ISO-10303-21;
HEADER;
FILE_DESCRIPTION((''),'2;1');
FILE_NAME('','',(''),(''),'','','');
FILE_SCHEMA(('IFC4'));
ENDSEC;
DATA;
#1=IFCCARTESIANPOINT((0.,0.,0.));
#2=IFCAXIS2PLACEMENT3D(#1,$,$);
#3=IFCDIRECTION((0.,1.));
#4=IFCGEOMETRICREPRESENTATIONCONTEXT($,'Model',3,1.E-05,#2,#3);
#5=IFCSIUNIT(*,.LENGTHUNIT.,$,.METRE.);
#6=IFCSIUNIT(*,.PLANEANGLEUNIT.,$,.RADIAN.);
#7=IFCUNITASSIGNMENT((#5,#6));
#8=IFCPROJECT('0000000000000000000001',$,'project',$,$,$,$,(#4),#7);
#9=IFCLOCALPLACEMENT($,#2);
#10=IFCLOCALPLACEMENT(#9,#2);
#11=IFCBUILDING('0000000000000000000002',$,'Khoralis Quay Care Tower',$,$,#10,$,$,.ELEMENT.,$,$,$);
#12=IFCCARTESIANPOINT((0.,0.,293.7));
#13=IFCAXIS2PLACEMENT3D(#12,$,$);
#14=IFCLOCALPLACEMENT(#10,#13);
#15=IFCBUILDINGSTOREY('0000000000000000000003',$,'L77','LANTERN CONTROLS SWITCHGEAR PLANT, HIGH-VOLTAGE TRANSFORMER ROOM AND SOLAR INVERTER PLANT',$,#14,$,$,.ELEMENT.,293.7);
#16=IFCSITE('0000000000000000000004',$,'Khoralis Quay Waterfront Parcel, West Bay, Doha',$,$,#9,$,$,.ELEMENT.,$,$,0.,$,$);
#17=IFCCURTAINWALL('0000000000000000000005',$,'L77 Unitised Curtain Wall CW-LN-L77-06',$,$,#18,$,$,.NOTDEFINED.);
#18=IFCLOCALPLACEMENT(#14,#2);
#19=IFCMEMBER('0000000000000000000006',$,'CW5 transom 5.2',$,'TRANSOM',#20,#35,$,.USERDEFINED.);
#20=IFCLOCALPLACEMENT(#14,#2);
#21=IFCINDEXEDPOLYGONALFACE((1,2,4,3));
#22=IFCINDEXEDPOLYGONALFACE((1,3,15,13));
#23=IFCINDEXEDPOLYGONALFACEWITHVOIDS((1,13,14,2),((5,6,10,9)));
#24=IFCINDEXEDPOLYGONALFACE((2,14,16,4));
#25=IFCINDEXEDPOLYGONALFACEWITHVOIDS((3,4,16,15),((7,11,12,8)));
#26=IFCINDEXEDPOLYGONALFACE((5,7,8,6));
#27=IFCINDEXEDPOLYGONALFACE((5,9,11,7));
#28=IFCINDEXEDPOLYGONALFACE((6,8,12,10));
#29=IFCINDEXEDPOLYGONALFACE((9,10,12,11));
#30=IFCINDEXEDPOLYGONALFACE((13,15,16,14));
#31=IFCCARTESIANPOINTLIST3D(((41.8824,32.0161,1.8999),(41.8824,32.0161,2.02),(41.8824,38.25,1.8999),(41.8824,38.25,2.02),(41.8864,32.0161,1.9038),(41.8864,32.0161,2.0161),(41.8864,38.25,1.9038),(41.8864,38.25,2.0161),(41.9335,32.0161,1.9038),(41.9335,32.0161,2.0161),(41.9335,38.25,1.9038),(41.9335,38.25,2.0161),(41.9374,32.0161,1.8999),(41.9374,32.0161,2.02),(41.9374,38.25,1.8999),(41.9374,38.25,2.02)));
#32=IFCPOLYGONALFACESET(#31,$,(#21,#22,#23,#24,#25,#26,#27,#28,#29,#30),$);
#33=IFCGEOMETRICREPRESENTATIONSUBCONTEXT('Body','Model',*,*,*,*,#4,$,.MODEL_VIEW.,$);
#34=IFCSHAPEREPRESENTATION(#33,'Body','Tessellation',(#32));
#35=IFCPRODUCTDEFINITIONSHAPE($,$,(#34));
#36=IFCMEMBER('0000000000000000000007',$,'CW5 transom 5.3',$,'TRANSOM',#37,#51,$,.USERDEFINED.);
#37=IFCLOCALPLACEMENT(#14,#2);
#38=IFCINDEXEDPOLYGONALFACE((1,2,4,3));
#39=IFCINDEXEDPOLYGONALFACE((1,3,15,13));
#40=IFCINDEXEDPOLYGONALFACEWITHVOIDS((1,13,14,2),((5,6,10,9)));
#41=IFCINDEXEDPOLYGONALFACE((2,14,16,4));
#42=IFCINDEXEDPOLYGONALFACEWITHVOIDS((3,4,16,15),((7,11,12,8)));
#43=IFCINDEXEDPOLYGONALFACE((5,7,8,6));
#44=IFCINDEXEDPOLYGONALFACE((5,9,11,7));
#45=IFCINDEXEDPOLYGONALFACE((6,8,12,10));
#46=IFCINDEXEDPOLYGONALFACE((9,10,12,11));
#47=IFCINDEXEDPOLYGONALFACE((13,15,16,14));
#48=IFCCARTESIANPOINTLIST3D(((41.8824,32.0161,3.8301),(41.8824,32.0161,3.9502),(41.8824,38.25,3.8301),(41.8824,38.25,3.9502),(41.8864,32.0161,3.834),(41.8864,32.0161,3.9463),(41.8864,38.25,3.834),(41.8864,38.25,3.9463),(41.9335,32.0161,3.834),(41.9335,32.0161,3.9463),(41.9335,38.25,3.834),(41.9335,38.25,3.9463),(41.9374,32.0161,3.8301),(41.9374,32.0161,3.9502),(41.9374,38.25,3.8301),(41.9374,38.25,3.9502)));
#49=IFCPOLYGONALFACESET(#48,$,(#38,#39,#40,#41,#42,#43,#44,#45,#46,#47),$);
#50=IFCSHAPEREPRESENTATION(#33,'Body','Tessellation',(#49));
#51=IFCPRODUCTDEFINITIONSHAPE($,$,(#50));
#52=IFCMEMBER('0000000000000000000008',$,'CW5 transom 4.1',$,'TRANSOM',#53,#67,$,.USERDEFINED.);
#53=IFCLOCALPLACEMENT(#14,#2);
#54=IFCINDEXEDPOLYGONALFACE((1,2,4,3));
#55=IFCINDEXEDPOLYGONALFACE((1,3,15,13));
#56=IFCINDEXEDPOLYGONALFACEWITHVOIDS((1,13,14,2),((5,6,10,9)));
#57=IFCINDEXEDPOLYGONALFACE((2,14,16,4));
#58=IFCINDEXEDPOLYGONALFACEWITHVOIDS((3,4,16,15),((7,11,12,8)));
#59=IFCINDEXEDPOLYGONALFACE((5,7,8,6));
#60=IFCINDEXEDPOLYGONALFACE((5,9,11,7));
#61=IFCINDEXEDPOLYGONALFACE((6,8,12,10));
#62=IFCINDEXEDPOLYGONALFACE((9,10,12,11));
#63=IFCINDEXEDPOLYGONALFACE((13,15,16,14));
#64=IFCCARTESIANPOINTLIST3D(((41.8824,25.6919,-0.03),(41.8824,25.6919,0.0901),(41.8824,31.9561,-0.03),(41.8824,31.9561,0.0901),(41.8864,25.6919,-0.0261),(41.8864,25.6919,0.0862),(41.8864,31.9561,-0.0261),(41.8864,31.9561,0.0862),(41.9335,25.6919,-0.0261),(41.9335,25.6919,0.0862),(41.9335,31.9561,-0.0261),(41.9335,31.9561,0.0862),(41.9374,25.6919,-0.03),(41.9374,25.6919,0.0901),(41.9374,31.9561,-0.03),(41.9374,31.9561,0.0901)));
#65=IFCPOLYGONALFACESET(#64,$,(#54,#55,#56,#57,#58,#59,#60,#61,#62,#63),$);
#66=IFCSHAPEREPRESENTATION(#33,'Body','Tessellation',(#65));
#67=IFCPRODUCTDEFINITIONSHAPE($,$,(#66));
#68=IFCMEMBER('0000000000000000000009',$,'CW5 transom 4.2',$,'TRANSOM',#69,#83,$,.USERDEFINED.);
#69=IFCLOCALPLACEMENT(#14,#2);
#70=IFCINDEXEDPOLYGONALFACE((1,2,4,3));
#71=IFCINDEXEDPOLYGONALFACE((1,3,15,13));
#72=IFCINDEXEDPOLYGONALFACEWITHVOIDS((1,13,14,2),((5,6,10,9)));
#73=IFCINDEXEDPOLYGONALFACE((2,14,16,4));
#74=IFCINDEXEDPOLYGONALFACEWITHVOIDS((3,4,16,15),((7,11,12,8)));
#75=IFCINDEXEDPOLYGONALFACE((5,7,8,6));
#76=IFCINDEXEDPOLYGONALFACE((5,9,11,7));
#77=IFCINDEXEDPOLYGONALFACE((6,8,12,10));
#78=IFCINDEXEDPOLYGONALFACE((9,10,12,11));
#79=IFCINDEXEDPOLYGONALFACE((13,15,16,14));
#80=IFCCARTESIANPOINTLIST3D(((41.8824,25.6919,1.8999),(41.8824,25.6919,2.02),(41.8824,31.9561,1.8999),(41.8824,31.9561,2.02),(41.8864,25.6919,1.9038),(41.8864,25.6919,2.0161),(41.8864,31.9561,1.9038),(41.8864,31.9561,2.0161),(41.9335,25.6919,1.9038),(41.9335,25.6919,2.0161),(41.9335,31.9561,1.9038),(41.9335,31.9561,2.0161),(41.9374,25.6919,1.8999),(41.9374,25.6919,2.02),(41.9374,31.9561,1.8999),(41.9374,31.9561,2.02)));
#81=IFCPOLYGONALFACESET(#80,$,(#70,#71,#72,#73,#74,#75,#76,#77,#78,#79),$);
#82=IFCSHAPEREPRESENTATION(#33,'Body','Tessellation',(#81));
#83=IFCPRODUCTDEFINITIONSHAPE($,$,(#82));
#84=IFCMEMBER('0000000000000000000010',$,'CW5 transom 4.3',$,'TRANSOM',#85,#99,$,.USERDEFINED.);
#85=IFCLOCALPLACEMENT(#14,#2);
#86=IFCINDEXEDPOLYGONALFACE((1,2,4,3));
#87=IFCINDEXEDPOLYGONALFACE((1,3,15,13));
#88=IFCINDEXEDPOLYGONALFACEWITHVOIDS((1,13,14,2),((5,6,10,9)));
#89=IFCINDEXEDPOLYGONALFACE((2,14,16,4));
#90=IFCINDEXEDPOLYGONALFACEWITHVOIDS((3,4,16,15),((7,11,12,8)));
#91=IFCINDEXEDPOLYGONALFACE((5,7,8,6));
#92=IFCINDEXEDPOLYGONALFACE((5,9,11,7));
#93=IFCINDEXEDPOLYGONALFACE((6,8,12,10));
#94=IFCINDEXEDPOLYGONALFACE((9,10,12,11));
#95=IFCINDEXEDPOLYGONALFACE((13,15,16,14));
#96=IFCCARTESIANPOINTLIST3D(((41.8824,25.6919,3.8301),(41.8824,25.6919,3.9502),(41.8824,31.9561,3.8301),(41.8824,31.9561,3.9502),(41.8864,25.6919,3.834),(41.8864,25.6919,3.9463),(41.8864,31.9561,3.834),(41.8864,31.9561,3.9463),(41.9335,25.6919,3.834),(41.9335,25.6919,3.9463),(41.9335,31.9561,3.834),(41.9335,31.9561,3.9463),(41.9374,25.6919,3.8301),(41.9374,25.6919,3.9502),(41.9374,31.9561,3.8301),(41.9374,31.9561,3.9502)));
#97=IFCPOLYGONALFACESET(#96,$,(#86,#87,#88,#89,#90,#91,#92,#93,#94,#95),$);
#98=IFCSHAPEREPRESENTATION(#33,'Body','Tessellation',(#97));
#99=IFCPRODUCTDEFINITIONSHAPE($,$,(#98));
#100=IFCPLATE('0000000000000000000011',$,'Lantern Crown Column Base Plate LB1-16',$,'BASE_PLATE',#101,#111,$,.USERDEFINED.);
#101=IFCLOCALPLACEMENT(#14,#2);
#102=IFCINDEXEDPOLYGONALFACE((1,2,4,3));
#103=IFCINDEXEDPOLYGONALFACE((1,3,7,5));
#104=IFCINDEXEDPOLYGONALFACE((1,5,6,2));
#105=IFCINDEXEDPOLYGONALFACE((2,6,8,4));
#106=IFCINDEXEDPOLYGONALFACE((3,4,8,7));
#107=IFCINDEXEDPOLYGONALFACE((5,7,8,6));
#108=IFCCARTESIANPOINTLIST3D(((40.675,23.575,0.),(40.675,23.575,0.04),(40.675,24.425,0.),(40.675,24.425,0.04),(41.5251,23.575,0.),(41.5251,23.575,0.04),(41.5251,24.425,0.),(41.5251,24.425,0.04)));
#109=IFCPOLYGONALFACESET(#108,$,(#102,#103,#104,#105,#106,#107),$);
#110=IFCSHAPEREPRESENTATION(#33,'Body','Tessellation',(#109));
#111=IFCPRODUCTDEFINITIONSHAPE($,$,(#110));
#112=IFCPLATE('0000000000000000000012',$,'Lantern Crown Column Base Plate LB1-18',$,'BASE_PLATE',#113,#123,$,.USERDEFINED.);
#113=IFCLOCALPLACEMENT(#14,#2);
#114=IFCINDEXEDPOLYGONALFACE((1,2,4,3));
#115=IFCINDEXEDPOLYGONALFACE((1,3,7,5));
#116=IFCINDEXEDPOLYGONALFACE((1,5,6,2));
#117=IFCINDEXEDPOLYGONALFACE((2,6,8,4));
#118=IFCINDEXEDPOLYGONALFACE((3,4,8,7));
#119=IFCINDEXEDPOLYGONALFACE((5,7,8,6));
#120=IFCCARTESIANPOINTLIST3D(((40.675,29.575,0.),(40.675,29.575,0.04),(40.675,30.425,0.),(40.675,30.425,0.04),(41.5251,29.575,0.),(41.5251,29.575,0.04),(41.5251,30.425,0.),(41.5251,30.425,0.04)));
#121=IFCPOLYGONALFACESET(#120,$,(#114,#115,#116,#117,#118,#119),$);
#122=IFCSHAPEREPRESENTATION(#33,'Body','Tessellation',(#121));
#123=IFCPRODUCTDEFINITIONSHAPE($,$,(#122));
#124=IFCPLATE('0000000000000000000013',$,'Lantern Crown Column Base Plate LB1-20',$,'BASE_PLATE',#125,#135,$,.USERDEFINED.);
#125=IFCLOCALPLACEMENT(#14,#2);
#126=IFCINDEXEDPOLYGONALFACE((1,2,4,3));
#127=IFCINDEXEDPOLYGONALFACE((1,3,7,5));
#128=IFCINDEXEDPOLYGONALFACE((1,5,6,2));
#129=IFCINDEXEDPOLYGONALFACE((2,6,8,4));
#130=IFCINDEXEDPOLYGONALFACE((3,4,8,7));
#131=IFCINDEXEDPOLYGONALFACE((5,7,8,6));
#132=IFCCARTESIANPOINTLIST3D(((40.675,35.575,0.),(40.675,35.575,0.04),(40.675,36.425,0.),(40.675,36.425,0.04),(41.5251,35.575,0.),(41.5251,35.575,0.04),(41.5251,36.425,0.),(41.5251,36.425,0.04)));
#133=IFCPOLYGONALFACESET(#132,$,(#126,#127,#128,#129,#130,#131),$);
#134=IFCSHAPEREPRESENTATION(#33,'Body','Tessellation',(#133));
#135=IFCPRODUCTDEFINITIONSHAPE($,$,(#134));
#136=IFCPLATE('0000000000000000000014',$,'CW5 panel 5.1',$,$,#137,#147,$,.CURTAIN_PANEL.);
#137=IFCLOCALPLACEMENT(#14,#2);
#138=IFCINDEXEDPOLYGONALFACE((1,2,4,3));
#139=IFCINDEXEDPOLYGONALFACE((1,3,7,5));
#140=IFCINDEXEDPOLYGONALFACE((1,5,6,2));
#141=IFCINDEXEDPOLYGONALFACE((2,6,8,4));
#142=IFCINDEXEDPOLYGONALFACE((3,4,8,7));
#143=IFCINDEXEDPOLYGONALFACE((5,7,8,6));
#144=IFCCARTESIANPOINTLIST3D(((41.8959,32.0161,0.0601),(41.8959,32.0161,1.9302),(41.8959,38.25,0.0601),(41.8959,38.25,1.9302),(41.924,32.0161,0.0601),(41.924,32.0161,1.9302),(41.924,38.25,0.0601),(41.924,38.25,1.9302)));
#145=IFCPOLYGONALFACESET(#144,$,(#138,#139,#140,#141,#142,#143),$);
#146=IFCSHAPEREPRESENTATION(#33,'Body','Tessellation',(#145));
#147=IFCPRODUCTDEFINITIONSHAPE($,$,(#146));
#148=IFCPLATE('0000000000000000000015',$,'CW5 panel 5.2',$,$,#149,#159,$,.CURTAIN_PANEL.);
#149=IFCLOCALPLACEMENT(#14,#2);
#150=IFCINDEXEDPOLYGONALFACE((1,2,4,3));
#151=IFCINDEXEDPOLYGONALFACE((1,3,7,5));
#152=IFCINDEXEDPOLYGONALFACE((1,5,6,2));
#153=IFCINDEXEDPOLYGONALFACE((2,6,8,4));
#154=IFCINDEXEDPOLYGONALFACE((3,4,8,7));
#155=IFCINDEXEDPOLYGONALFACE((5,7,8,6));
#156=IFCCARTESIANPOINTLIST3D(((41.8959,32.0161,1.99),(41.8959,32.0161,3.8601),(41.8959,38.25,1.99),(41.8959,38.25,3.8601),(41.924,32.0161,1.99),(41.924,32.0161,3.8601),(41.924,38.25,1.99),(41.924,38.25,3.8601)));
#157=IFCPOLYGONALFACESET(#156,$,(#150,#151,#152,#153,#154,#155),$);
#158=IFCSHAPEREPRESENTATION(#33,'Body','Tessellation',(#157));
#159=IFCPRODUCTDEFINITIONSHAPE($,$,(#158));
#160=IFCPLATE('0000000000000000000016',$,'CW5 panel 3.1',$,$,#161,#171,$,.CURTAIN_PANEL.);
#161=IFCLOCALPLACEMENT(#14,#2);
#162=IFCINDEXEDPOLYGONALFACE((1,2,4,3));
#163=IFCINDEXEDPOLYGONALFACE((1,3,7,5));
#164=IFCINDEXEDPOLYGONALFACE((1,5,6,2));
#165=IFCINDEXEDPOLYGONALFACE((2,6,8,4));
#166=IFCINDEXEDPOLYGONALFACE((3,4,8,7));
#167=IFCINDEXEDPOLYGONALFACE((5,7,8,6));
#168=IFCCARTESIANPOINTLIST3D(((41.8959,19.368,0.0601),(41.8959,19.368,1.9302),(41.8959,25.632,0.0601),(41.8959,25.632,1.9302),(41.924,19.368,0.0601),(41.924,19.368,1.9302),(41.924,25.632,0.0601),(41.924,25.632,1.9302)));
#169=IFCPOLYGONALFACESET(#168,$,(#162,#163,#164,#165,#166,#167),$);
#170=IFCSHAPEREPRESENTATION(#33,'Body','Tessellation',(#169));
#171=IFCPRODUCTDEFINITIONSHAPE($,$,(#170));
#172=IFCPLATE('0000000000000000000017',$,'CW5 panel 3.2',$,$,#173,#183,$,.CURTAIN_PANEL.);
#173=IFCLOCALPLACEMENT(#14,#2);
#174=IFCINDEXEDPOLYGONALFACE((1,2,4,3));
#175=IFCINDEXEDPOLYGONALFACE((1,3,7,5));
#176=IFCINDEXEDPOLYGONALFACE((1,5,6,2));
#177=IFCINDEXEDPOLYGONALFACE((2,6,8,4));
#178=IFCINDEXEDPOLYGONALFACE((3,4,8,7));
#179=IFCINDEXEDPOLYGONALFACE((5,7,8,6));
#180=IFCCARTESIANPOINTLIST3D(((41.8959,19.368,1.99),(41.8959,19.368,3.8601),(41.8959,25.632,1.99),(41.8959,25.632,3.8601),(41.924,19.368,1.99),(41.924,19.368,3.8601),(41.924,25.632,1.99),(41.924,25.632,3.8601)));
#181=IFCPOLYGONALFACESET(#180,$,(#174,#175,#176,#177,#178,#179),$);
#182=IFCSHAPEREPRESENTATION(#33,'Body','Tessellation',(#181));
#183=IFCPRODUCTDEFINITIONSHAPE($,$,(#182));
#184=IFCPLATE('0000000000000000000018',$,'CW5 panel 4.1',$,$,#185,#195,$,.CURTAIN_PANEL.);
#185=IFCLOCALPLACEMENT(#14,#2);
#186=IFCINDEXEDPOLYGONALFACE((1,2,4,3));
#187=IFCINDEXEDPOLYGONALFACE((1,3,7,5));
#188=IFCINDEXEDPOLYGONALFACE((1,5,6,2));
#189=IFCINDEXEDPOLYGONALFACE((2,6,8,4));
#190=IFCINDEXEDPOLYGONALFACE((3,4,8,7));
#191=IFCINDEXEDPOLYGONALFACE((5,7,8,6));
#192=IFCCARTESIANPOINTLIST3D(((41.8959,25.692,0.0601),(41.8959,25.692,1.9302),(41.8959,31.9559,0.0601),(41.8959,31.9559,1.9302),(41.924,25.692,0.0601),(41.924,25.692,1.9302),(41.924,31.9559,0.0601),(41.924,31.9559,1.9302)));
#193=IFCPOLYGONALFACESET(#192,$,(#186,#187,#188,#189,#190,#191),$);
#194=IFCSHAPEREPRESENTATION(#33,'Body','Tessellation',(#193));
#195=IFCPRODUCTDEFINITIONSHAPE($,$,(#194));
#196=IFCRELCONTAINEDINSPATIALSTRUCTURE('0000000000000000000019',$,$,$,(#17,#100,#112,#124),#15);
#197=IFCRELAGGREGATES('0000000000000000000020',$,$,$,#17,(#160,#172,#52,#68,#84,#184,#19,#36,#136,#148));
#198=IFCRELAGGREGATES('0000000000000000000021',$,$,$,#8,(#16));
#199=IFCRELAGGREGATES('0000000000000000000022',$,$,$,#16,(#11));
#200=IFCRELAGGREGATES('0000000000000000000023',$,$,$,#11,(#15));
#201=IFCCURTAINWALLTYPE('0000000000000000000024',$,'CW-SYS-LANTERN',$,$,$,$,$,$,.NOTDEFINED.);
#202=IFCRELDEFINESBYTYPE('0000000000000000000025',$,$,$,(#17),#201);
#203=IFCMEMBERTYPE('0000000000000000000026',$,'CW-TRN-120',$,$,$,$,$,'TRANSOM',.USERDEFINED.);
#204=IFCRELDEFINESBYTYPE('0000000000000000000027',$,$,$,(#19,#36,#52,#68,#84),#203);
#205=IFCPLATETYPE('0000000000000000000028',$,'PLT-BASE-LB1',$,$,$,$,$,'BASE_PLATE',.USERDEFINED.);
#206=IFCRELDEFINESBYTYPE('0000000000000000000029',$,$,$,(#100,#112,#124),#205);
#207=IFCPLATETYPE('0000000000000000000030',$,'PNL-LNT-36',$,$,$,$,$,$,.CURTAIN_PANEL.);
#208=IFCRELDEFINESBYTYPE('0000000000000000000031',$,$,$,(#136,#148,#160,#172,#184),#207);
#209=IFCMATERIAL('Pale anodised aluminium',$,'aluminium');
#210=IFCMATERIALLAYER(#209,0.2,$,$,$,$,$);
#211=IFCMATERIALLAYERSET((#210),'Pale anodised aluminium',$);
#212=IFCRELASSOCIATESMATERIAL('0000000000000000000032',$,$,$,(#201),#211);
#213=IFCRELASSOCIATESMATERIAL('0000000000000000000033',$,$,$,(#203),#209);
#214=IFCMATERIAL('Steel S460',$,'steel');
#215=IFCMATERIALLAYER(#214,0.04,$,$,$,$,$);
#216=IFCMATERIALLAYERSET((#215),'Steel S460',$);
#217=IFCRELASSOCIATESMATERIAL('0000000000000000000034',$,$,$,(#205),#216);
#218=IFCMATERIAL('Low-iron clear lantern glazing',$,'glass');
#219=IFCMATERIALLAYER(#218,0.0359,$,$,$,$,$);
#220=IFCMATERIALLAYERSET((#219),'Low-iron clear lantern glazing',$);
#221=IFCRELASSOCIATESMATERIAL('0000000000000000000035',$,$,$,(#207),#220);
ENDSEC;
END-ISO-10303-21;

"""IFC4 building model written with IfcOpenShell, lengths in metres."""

from ifc_helpers import new_model, si_unit, direction, frame, origin, origin_2d, place, context, subcontext, project, spatial, rectangle, hollow_rectangle, extrude, source, transform, mapped, material, layer, layer_set, material_profile, profile_set, type_object, element, aggregate, save


model = new_model("IFC4")

# Units and contexts
model_context = context("Model", 3, precision=1e-05, world=origin(), true_north=direction((0.0, 1.0)))
body_context = subcontext(model_context, "Body", "Model", "MODEL_VIEW")
ifc_project = project(units=[si_unit("LENGTHUNIT", "METRE"), si_unit("PLANEANGLEUNIT", "RADIAN")], contexts=[model_context])

# Site, building, storey
site_placement = place(None, origin())
site = spatial("IfcSite", under=ifc_project, at=site_placement, Name="Khoralis Quay Waterfront Parcel, West Bay, Doha", CompositionType="ELEMENT", RefElevation=0.0)
building_placement = place(site_placement, origin())
building = spatial("IfcBuilding", under=site, at=building_placement, Name="Khoralis Quay Care Tower", CompositionType="ELEMENT")
storey_placement = place(building_placement, frame((0.0, 0.0, 293.7)))
storey = spatial("IfcBuildingStorey", under=building, at=storey_placement, Name="L77", Description="LANTERN CONTROLS SWITCHGEAR PLANT, HIGH-VOLTAGE TRANSFORMER ROOM AND SOLAR INVERTER PLANT", CompositionType="ELEMENT", Elevation=293.7)

# Shared definitions
ifc_material_1 = material(Name="Steel S460", Category="steel")

# Curtain wall
ifc_material_2 = material(Name="Pale anodised aluminium", Category="aluminium")
ifc_layer_1 = layer(ifc_material_2, 0.2)
ifc_layer_set_1 = layer_set([ifc_layer_1], Name="Pale anodised aluminium")
curtain_wall_type = type_object("IfcCurtainWallType", Name="CW-SYS-LANTERN", PredefinedType="NOTDEFINED", material=ifc_layer_set_1)
curtain_wall_1_placement = place(storey_placement, origin())
curtain_wall_1 = element("IfcCurtainWall", 1, at=curtain_wall_1_placement, inside=storey, type_object=curtain_wall_type, Name="L77 Unitised Curtain Wall CW-LN-L77-06", PredefinedType="NOTDEFINED")

# Members
ifc_material_profile_1 = material_profile(ifc_material_2, hollow_rectangle(XDim=0.0549, YDim=0.1201, WallThickness=0.0039, at=origin_2d()), Name="Pale anodised aluminium")
ifc_profile_set_1 = profile_set([ifc_material_profile_1], Name="Pale anodised aluminium")
member_type_1 = type_object("IfcMemberType", Name="CW-TRN-120", ElementType="TRANSOM", PredefinedType="USERDEFINED", material=ifc_profile_set_1)
shared_shape_1 = source(origin(), body_context, "Body", "SweptSolid", [
    extrude(hollow_rectangle(XDim=0.0549, YDim=0.1201, WallThickness=0.0039, at=origin_2d()), origin(), (0.0, 0.0, 1.0), 6.2339),
])
member_1_placement = place(storey_placement, frame((41.9099, 32.0161, 1.96), z_axis=(0.0, 1.0, 0.0), x_axis=(-1.0, 0.0, 0.0)))
member_1 = element("IfcMember", 2, at=member_1_placement, type_object=member_type_1, Name="CW5 transom 5.2", ObjectType="TRANSOM", PredefinedType="USERDEFINED", context=body_context, shape_type="MappedRepresentation", body=[
    mapped(shared_shape_1, transform((0.0, 0.0, 0.0), scale=1.0)),
])
member_2_placement = place(storey_placement, frame((41.9099, 32.0161, 3.8901), z_axis=(0.0, 1.0, 0.0), x_axis=(-1.0, 0.0, 0.0)))
member_2 = element("IfcMember", 3, at=member_2_placement, type_object=member_type_1, Name="CW5 transom 5.3", ObjectType="TRANSOM", PredefinedType="USERDEFINED", context=body_context, shape_type="MappedRepresentation", body=[
    mapped(shared_shape_1, transform((0.0, 0.0, 0.0), scale=1.0)),
])
shared_shape_2 = source(origin(), body_context, "Body", "SweptSolid", [
    extrude(hollow_rectangle(XDim=0.0549, YDim=0.1201, WallThickness=0.0039, at=origin_2d()), origin(), (0.0, 0.0, 1.0), 6.2642),
])
member_3_placement = place(storey_placement, frame((41.9099, 25.6919, 0.03), z_axis=(0.0, 1.0, 0.0), x_axis=(-1.0, 0.0, 0.0)))
member_3 = element("IfcMember", 4, at=member_3_placement, type_object=member_type_1, Name="CW5 transom 4.1", ObjectType="TRANSOM", PredefinedType="USERDEFINED", context=body_context, shape_type="MappedRepresentation", body=[
    mapped(shared_shape_2, transform((0.0, 0.0, 0.0), scale=1.0)),
])
member_4_placement = place(storey_placement, frame((41.9099, 25.6919, 1.96), z_axis=(0.0, 1.0, 0.0), x_axis=(-1.0, 0.0, 0.0)))
member_4 = element("IfcMember", 5, at=member_4_placement, type_object=member_type_1, Name="CW5 transom 4.2", ObjectType="TRANSOM", PredefinedType="USERDEFINED", context=body_context, shape_type="MappedRepresentation", body=[
    mapped(shared_shape_2, transform((0.0, 0.0, 0.0), scale=1.0)),
])
member_5_placement = place(storey_placement, frame((41.9099, 25.6919, 3.8901), z_axis=(0.0, 1.0, 0.0), x_axis=(-1.0, 0.0, 0.0)))
member_5 = element("IfcMember", 6, at=member_5_placement, type_object=member_type_1, Name="CW5 transom 4.3", ObjectType="TRANSOM", PredefinedType="USERDEFINED", context=body_context, shape_type="MappedRepresentation", body=[
    mapped(shared_shape_2, transform((0.0, 0.0, 0.0), scale=1.0)),
])

# Plates
ifc_layer_2 = layer(ifc_material_1, 0.04)
ifc_layer_set_2 = layer_set([ifc_layer_2], Name="Steel S460")
plate_type_1 = type_object("IfcPlateType", Name="PLT-BASE-LB1", ElementType="BASE_PLATE", PredefinedType="USERDEFINED", material=ifc_layer_set_2)
shared_shape_3 = source(origin(), body_context, "Body", "SweptSolid", [
    extrude(rectangle(XDim=0.8501, YDim=0.8501, at=origin_2d()), origin(), (0.0, 0.0, 1.0), 0.04),
])
for number, where, z_axis, x_axis, name in (
    (7, (41.1001, 24.0, 0.0), (0.0, 0.0, 1.0), (1.0, 0.0, 0.0), "Lantern Crown Column Base Plate LB1-16"),
    (8, (41.1001, 30.0, 0.0), (0.0, 0.0, 1.0), (1.0, 0.0, 0.0), "Lantern Crown Column Base Plate LB1-18"),
    (9, (41.1001, 36.0, 0.0), (0.0, 0.0, 1.0), (1.0, 0.0, 0.0), "Lantern Crown Column Base Plate LB1-20"),
):
    element("IfcPlate", number, at=place(storey_placement, frame(where, z_axis=z_axis, x_axis=x_axis)), inside=storey, type_object=plate_type_1, Name=name, ObjectType="BASE_PLATE", PredefinedType="USERDEFINED", context=body_context, shape_type="MappedRepresentation", body=[
        mapped(shared_shape_3, transform((0.0, 0.0, 0.0), scale=1.0)),
    ])

# Plates
ifc_material_3 = material(Name="Low-iron clear lantern glazing", Category="glass")
ifc_layer_3 = layer(ifc_material_3, 0.0359)
ifc_layer_set_3 = layer_set([ifc_layer_3], Name="Low-iron clear lantern glazing")
plate_type_2 = type_object("IfcPlateType", Name="PNL-LNT-36", PredefinedType="CURTAIN_PANEL", material=ifc_layer_set_3)
shared_shape_4 = source(origin(), body_context, "Body", "SweptSolid", [
    extrude(rectangle(XDim=6.2339, YDim=0.0281, at=origin_2d()), origin(), (0.0, 0.0, 1.0), 1.8701),
])
plate_1_placement = place(storey_placement, frame((41.9099, 35.1331, 0.0601), z_axis=(0.0, 0.0, 1.0), x_axis=(0.0, 1.0, 0.0)))
plate_1 = element("IfcPlate", 10, at=plate_1_placement, type_object=plate_type_2, Name="CW5 panel 5.1", PredefinedType="CURTAIN_PANEL", context=body_context, shape_type="MappedRepresentation", body=[
    mapped(shared_shape_4, transform((0.0, 0.0, 0.0), scale=1.0)),
])
plate_2_placement = place(storey_placement, frame((41.9099, 35.1331, 1.99), z_axis=(0.0, 0.0, 1.0), x_axis=(0.0, 1.0, 0.0)))
plate_2 = element("IfcPlate", 11, at=plate_2_placement, type_object=plate_type_2, Name="CW5 panel 5.2", PredefinedType="CURTAIN_PANEL", context=body_context, shape_type="MappedRepresentation", body=[
    mapped(shared_shape_4, transform((0.0, 0.0, 0.0), scale=1.0)),
])
shared_shape_5 = source(origin(), body_context, "Body", "SweptSolid", [
    extrude(rectangle(XDim=6.2639, YDim=0.0281, at=origin_2d()), origin(), (0.0, 0.0, 1.0), 1.8701),
])
plate_3_placement = place(storey_placement, frame((41.9099, 22.5, 0.0601), z_axis=(0.0, 0.0, 1.0), x_axis=(0.0, 1.0, 0.0)))
plate_3 = element("IfcPlate", 12, at=plate_3_placement, type_object=plate_type_2, Name="CW5 panel 3.1", PredefinedType="CURTAIN_PANEL", context=body_context, shape_type="MappedRepresentation", body=[
    mapped(shared_shape_5, transform((0.0, 0.0, 0.0), scale=1.0)),
])
plate_4_placement = place(storey_placement, frame((41.9099, 22.5, 1.99), z_axis=(0.0, 0.0, 1.0), x_axis=(0.0, 1.0, 0.0)))
plate_4 = element("IfcPlate", 13, at=plate_4_placement, type_object=plate_type_2, Name="CW5 panel 3.2", PredefinedType="CURTAIN_PANEL", context=body_context, shape_type="MappedRepresentation", body=[
    mapped(shared_shape_5, transform((0.0, 0.0, 0.0), scale=1.0)),
])
plate_5_placement = place(storey_placement, frame((41.9099, 28.824, 0.0601), z_axis=(0.0, 0.0, 1.0), x_axis=(0.0, 1.0, 0.0)))
plate_5 = element("IfcPlate", 14, at=plate_5_placement, type_object=plate_type_2, Name="CW5 panel 4.1", PredefinedType="CURTAIN_PANEL", context=body_context, shape_type="MappedRepresentation", body=[
    mapped(shared_shape_5, transform((0.0, 0.0, 0.0), scale=1.0)),
])
aggregate(curtain_wall_1, [plate_3, plate_4, member_3, member_4, member_5, plate_5, member_1, member_2, plate_1, plate_2])

save(model, "model.ifc")
